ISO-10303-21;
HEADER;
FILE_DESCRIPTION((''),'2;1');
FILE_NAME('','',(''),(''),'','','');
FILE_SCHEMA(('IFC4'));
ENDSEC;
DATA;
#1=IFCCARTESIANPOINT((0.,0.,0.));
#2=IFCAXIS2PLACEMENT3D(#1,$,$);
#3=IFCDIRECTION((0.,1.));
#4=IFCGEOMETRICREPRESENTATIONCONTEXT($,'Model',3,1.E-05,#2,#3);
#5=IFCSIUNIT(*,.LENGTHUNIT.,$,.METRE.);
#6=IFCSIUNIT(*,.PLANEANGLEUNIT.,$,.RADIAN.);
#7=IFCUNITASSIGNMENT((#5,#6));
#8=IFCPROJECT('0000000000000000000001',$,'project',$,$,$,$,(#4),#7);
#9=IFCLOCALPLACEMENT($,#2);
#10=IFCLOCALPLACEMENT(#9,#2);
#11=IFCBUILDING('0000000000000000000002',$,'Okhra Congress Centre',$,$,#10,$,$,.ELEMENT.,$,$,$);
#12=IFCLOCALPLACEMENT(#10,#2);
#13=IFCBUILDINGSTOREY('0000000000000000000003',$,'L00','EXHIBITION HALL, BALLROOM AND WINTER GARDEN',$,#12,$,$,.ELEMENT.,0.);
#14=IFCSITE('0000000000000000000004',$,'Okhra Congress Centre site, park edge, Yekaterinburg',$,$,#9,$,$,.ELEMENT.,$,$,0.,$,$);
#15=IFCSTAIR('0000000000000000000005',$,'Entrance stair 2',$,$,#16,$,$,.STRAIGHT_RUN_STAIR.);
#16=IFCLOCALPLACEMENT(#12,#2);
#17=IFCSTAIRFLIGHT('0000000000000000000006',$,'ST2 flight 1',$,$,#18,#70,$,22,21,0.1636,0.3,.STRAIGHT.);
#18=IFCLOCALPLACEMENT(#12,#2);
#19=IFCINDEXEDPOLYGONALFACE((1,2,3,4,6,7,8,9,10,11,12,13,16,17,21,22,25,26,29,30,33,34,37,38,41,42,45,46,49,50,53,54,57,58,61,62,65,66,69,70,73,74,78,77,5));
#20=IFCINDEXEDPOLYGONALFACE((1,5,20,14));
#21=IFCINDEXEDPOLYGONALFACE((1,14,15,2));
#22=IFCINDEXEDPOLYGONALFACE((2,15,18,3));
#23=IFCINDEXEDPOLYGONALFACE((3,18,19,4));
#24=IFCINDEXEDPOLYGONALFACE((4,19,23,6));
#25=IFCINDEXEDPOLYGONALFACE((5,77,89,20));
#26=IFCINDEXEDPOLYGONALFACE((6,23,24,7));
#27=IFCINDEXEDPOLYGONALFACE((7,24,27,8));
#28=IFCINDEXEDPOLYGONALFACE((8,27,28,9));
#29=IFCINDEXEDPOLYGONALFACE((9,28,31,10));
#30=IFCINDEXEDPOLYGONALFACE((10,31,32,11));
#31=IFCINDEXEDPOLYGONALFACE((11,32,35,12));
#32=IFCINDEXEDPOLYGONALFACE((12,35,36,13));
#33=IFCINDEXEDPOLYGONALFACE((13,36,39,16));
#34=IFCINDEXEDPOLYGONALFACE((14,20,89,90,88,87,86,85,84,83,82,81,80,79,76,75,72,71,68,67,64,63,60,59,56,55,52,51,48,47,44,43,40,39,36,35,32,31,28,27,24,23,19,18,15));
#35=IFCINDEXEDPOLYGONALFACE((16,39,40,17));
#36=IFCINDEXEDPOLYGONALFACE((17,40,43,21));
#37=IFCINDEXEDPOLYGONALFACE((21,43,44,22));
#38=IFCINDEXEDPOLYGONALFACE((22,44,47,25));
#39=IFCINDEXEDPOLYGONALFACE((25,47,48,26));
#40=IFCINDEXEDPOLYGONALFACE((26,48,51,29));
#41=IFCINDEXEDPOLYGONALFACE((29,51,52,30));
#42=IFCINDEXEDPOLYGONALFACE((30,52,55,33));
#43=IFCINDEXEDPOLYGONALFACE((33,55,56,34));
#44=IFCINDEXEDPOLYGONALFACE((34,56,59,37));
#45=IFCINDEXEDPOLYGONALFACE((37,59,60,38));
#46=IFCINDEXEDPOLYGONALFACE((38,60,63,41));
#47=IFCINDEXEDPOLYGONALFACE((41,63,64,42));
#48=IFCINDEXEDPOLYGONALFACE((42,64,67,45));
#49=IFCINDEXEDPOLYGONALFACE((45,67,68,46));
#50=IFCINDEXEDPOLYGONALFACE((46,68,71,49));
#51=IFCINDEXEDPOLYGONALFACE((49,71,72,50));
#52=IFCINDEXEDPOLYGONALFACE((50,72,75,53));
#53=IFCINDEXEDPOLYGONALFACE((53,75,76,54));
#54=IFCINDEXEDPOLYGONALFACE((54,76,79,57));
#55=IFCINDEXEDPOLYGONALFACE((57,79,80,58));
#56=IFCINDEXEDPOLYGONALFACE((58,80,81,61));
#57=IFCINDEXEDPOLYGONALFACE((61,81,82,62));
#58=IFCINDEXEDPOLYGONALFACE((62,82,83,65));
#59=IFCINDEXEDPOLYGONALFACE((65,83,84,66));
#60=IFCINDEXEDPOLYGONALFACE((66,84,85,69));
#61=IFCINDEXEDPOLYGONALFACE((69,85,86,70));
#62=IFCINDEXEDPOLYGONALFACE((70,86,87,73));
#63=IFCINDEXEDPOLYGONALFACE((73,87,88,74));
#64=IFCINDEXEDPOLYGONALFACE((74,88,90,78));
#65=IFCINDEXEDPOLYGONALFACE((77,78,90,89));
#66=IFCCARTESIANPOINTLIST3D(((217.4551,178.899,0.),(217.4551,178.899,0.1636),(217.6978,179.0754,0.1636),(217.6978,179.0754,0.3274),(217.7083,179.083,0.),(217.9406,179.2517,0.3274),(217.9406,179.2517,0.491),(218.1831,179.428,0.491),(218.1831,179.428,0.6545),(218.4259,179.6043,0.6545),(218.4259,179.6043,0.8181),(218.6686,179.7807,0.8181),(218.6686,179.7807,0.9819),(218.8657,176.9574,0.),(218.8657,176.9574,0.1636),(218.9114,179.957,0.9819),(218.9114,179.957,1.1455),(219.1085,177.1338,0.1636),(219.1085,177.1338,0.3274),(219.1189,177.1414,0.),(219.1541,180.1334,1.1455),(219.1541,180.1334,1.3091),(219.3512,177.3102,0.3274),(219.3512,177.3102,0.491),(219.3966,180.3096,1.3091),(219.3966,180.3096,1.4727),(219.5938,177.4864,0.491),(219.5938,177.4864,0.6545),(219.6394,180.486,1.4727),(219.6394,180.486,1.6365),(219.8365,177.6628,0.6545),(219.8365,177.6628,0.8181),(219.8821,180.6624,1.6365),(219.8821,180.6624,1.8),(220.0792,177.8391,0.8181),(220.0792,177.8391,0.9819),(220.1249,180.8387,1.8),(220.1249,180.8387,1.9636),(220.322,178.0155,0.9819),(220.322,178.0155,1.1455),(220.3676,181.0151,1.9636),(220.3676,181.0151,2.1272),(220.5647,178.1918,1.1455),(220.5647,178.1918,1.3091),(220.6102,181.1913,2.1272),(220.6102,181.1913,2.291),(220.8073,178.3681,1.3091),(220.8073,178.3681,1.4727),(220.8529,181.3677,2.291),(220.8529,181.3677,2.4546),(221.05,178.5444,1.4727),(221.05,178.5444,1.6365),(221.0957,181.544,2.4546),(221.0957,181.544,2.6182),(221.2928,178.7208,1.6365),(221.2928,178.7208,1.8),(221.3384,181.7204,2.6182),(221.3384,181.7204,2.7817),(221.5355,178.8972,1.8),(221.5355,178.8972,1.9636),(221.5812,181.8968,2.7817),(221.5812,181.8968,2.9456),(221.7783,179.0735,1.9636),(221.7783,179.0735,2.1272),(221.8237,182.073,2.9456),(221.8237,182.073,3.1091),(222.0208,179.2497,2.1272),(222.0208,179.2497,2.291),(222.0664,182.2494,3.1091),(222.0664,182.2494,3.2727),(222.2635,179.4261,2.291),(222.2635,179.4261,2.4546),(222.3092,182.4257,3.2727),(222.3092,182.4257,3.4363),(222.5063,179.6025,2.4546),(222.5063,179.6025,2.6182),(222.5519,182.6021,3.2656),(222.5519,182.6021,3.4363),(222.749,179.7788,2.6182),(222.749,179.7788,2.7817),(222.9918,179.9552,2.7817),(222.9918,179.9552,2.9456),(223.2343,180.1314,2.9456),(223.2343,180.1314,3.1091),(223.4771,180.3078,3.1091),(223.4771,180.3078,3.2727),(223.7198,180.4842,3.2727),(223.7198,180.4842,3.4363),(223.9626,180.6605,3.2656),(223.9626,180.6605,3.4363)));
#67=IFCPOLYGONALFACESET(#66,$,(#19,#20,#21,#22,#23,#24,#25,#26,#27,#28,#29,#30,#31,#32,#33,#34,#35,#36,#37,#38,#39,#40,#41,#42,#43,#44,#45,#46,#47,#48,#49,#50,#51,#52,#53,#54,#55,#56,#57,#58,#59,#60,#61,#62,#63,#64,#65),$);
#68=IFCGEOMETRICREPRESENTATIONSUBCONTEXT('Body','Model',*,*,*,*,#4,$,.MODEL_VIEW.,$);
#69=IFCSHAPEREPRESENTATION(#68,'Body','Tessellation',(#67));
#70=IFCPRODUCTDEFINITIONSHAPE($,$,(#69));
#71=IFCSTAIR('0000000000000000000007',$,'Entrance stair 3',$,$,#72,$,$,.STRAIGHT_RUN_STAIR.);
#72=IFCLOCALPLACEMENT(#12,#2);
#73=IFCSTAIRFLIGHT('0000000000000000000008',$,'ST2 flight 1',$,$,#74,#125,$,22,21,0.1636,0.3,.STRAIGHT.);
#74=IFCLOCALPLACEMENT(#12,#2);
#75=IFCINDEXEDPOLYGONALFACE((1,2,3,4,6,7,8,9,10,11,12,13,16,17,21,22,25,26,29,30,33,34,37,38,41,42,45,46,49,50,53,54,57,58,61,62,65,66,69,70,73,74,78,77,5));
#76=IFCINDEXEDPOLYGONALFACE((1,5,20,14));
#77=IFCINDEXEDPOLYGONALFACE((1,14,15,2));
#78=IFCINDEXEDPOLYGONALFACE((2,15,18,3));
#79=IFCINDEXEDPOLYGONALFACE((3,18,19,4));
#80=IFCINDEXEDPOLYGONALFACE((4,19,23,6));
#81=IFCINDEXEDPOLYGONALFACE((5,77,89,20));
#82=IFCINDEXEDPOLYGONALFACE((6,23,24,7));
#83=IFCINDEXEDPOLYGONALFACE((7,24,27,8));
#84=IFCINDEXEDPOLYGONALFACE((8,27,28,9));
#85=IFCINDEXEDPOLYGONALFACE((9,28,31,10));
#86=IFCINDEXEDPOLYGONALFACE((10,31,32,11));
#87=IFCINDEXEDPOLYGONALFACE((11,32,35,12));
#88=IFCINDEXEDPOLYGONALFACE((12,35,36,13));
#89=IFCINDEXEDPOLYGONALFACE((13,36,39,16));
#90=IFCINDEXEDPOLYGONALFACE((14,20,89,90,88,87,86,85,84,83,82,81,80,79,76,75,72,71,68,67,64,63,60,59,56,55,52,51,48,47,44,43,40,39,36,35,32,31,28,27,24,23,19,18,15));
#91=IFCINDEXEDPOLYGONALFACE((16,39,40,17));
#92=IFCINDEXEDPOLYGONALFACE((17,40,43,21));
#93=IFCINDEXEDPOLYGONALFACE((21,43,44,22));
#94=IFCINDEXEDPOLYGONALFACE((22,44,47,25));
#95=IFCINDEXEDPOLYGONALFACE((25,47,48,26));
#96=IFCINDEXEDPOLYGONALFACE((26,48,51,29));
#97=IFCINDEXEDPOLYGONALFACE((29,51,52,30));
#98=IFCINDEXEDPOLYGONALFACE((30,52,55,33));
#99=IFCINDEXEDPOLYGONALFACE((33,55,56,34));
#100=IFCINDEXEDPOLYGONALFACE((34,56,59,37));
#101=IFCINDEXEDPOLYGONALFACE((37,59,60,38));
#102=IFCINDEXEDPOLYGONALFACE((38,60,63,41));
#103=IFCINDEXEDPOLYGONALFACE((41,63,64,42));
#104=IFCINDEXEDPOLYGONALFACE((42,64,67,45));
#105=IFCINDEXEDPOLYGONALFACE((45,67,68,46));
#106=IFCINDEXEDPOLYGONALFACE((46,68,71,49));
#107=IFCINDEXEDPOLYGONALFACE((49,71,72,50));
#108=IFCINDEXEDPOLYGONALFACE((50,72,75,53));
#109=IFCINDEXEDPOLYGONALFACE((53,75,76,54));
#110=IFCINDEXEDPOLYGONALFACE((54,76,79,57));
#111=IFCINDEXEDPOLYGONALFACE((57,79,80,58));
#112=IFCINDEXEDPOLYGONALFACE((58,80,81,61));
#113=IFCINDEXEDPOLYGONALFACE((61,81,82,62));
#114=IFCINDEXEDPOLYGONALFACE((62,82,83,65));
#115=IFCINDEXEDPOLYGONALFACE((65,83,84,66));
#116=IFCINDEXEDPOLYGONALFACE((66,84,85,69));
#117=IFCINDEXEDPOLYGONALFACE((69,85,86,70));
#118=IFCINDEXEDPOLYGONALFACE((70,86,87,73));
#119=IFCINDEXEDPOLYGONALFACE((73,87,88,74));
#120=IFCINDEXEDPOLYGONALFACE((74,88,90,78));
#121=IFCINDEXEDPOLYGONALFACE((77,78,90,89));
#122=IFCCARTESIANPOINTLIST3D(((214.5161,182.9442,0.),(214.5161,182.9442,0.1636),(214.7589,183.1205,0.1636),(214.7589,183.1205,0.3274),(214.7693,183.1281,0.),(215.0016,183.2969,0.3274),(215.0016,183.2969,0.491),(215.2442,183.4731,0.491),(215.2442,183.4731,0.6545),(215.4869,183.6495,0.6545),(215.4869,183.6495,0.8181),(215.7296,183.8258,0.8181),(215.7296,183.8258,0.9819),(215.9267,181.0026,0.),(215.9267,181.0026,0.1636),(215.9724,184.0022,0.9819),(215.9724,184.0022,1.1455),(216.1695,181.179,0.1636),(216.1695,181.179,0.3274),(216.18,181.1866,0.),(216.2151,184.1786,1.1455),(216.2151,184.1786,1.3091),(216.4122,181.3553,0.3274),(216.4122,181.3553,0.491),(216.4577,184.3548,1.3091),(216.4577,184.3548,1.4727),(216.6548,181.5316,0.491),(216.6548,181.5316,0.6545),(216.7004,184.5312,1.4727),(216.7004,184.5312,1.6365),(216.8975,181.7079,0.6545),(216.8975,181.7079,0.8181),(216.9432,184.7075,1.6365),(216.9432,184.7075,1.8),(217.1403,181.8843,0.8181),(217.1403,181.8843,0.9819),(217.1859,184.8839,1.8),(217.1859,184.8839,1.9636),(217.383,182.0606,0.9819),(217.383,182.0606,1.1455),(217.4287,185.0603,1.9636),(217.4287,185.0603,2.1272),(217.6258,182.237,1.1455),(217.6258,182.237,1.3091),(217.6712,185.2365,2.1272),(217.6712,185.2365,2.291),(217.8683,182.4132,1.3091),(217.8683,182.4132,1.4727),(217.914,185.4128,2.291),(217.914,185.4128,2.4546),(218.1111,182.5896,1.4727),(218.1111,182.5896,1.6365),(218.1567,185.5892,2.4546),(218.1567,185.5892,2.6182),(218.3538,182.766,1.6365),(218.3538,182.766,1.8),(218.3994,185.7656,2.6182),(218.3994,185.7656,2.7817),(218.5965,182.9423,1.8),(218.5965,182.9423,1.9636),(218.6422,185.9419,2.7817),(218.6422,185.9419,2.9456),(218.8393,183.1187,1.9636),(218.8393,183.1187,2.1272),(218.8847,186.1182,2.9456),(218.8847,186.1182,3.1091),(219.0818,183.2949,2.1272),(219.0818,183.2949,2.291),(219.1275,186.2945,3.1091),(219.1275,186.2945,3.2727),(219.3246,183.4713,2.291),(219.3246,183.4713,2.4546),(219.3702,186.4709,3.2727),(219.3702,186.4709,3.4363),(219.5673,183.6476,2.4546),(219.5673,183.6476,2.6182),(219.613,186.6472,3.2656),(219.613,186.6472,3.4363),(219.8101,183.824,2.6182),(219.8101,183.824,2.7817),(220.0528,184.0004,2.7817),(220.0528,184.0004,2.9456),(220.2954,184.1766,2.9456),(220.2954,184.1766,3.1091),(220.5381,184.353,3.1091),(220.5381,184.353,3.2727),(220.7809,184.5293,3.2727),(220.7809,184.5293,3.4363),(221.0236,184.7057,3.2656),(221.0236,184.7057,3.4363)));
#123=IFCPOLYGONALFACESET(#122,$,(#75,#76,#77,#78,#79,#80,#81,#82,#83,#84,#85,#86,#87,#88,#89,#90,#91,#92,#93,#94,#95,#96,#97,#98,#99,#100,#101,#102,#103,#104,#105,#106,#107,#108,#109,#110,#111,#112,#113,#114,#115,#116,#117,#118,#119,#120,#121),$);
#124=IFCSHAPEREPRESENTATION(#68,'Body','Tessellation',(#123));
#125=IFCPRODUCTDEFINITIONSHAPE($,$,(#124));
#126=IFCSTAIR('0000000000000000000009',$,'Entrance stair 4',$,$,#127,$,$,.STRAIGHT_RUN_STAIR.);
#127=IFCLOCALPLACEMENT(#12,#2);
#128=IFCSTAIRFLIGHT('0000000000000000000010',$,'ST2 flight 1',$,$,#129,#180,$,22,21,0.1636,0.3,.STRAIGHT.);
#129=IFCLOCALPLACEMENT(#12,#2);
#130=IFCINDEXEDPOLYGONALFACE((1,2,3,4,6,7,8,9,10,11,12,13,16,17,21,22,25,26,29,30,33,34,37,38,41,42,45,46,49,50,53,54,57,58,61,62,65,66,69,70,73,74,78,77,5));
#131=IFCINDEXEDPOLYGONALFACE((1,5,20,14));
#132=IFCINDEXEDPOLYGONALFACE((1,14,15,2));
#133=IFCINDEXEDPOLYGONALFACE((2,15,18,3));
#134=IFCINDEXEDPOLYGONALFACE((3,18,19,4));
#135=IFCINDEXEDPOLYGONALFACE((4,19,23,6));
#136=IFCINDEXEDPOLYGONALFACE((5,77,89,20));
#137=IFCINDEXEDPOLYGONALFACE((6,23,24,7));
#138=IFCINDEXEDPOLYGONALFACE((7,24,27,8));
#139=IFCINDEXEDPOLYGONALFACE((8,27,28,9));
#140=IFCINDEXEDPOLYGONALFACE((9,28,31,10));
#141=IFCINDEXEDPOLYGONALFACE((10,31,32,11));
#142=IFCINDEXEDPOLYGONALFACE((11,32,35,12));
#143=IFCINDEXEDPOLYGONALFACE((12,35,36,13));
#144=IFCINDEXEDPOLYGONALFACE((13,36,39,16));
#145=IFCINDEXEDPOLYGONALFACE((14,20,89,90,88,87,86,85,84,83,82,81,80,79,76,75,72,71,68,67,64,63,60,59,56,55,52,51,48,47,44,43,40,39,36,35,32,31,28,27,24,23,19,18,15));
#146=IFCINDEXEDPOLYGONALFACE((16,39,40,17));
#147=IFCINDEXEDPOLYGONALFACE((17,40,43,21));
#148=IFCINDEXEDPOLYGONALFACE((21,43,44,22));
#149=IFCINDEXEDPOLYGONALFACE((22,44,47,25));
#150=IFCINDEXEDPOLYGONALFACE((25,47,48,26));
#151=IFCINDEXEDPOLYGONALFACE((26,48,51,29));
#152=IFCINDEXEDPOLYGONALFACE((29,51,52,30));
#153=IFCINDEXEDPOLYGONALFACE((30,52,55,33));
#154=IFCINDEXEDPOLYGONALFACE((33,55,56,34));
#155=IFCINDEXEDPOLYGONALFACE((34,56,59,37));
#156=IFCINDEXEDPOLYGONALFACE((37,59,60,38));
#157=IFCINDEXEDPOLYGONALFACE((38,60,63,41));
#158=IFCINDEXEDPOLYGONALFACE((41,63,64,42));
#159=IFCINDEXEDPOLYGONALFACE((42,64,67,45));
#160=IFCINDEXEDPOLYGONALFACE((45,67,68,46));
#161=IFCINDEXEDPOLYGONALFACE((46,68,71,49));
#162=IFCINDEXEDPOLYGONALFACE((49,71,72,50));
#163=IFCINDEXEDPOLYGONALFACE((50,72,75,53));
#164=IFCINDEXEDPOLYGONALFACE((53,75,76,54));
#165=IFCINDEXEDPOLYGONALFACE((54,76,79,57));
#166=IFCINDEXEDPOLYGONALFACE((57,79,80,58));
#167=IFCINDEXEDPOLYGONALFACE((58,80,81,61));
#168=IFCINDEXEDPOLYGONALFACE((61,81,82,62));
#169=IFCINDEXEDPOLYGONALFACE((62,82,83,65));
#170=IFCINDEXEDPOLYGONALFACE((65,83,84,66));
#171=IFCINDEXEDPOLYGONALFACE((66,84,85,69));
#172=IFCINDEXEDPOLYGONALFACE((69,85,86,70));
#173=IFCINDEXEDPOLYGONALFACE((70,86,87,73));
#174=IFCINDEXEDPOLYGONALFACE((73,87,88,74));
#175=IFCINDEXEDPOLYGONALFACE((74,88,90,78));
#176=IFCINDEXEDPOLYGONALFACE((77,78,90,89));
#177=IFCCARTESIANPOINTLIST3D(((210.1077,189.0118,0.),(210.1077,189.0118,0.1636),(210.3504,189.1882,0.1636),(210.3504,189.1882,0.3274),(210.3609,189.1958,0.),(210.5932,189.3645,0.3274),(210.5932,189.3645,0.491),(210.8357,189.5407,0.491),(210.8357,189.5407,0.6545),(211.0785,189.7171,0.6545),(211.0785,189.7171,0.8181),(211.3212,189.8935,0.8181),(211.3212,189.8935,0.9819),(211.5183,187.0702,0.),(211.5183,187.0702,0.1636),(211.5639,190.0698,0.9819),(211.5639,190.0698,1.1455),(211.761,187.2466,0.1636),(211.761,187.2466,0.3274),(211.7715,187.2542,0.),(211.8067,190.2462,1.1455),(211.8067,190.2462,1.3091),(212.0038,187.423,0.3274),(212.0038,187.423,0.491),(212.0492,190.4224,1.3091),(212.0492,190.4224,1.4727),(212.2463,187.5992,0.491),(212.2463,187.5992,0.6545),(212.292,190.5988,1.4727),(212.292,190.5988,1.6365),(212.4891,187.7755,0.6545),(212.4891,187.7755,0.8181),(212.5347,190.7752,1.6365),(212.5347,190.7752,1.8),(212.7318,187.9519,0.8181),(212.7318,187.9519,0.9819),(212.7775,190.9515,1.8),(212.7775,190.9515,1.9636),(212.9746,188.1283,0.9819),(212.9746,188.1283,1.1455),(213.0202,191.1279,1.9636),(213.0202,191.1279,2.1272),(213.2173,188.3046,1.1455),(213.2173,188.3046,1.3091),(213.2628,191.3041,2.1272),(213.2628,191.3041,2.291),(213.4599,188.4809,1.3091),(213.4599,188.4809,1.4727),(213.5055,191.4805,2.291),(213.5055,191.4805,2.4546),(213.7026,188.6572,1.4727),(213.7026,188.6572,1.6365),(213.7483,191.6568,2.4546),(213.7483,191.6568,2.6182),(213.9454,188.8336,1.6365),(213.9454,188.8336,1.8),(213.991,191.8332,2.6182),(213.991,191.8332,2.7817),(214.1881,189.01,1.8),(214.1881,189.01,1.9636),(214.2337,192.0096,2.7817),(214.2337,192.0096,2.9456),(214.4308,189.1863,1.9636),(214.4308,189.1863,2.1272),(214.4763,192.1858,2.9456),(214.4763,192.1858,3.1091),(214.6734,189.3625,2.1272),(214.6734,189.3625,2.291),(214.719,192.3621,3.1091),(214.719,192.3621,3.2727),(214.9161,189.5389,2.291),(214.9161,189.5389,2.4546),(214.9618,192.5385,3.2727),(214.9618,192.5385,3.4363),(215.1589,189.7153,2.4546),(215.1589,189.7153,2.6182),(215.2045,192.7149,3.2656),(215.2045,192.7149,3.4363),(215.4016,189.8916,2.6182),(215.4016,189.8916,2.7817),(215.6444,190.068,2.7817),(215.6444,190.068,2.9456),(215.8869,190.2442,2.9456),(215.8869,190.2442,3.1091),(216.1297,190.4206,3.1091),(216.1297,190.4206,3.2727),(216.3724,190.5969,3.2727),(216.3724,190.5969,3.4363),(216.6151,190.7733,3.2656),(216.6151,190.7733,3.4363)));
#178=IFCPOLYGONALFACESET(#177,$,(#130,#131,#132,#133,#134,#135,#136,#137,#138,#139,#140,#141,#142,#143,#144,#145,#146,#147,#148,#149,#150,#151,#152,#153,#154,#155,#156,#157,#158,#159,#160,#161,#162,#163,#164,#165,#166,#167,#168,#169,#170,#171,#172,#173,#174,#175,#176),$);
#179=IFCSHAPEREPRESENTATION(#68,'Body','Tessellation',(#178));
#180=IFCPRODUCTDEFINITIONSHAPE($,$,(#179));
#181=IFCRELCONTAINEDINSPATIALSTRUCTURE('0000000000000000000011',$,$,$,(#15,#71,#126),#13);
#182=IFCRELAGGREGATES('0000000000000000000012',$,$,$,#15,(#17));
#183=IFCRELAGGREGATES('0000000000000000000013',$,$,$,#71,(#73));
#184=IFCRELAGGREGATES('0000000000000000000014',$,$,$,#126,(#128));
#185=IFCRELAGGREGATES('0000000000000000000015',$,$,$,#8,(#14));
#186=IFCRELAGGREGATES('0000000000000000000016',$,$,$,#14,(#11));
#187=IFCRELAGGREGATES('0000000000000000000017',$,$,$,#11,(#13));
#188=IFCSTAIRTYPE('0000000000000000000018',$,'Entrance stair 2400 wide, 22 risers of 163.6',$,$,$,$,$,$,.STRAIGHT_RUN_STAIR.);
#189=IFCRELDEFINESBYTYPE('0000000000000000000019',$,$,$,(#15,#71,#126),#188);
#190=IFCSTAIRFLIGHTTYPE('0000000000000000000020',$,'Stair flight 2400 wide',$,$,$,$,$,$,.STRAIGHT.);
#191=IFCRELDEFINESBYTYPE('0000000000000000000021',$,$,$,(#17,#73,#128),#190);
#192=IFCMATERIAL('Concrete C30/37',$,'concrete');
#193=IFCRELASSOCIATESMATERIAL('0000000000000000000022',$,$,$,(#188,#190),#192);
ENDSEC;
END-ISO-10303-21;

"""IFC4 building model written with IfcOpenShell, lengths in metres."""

from ifc_helpers import new_model, si_unit, direction, frame, origin, place, context, subcontext, project, spatial, polyline, outline, extrude, material, type_object, element, aggregate, save


model = new_model("IFC4")

# Units and contexts
model_context = context("Model", 3, precision=1e-05, world=origin(), true_north=direction((0.0, 1.0)))
body_context = subcontext(model_context, "Body", "Model", "MODEL_VIEW")
ifc_project = project(units=[si_unit("LENGTHUNIT", "METRE"), si_unit("PLANEANGLEUNIT", "RADIAN")], contexts=[model_context])

# Site, building, storey
site_placement = place(None, origin())
site = spatial("IfcSite", under=ifc_project, at=site_placement, Name="Okhra Congress Centre site, park edge, Yekaterinburg", CompositionType="ELEMENT", RefElevation=0.0)
building_placement = place(site_placement, origin())
building = spatial("IfcBuilding", under=site, at=building_placement, Name="Okhra Congress Centre", CompositionType="ELEMENT")
storey_placement = place(building_placement, origin())
storey = spatial("IfcBuildingStorey", under=building, at=storey_placement, Name="L00", Description="EXHIBITION HALL, BALLROOM AND WINTER GARDEN", CompositionType="ELEMENT", Elevation=0.0)

# Shared definitions
ifc_material_1 = material(Name="Concrete C30/37", Category="concrete")

# Stairs, stair flights
stair_type = type_object("IfcStairType", Name="Entrance stair 2400 wide, 22 risers of 163.6", PredefinedType="STRAIGHT_RUN_STAIR", material=ifc_material_1)
stair_1_placement = place(storey_placement, origin())
stair_1 = element("IfcStair", 1, at=stair_1_placement, inside=storey, type_object=stair_type, Name="Entrance stair 2", PredefinedType="STRAIGHT_RUN_STAIR")
stair_flight_type = type_object("IfcStairFlightType", Name="Stair flight 2400 wide", PredefinedType="STRAIGHT", material=ifc_material_1)
stair_flight_1_placement = place(storey_placement, frame((218.1604, 177.9282, 0.0), z_axis=(0.0, 0.0, 1.0), x_axis=(0.809017, 0.587785, 0.0)))
stair_flight_1 = element("IfcStairFlight", 2, at=stair_flight_1_placement, type_object=stair_flight_type, Name="ST2 flight 1", NumberOfRisers=22, NumberOfTreads=21, PredefinedType="STRAIGHT", RiserHeight=0.1636, TreadLength=0.3, context=body_context, shape_type="SweptSolid", body=[
    extrude(outline(polyline([(0.0, 0.0), (0.0, 0.1636), (0.3, 0.1636), (0.3, 0.3274), (0.6001, 0.3274), (0.6001, 0.491), (0.8999, 0.491), (0.8999, 0.6545), (1.2, 0.6545), (1.2, 0.8181), (1.5, 0.8181), (1.5, 0.9819), (1.8, 0.9819), (1.8, 1.1455), (2.1001, 1.1455), (2.1001, 1.3091), (2.3999, 1.3091), (2.3999, 1.4727), (2.7, 1.4727), (2.7, 1.6365), (3.0, 1.6365), (3.0, 1.8), (3.3, 1.8), (3.3, 1.9636), (3.6001, 1.9636), (3.6001, 2.1272), (3.8999, 2.1272), (3.8999, 2.291), (4.2, 2.291), (4.2, 2.4546), (4.5, 2.4546), (4.5, 2.6182), (4.8, 2.6182), (4.8, 2.7817), (5.1001, 2.7817), (5.1001, 2.9456), (5.3999, 2.9456), (5.3999, 3.1091), (5.7, 3.1091), (5.7, 3.2727), (6.0, 3.2727), (6.0, 3.4363), (6.3, 3.4363), (6.3, 3.6001), (6.3, 3.2656), (0.313, 0.0), (0.0, 0.0)])), frame((0.0, 1.2, 0.0), z_axis=(0.0, -1.0, 0.0), x_axis=(1.0, 0.0, 0.0)), (0.0, 0.0, 1.0), 2.3999),
])
aggregate(stair_1, [stair_flight_1])
stair_2_placement = place(storey_placement, origin())
stair_2 = element("IfcStair", 3, at=stair_2_placement, inside=storey, type_object=stair_type, Name="Entrance stair 3", PredefinedType="STRAIGHT_RUN_STAIR")
stair_flight_2_placement = place(storey_placement, frame((215.2214, 181.9734, 0.0), z_axis=(0.0, 0.0, 1.0), x_axis=(0.809017, 0.587785, 0.0)))
stair_flight_2 = element("IfcStairFlight", 4, at=stair_flight_2_placement, type_object=stair_flight_type, Name="ST2 flight 1", NumberOfRisers=22, NumberOfTreads=21, PredefinedType="STRAIGHT", RiserHeight=0.1636, TreadLength=0.3, context=body_context, shape_type="SweptSolid", body=[
    extrude(outline(polyline([(0.0, 0.0), (0.0, 0.1636), (0.3, 0.1636), (0.3, 0.3274), (0.6001, 0.3274), (0.6001, 0.491), (0.8999, 0.491), (0.8999, 0.6545), (1.2, 0.6545), (1.2, 0.8181), (1.5, 0.8181), (1.5, 0.9819), (1.8, 0.9819), (1.8, 1.1455), (2.1001, 1.1455), (2.1001, 1.3091), (2.3999, 1.3091), (2.3999, 1.4727), (2.7, 1.4727), (2.7, 1.6365), (3.0, 1.6365), (3.0, 1.8), (3.3, 1.8), (3.3, 1.9636), (3.6001, 1.9636), (3.6001, 2.1272), (3.8999, 2.1272), (3.8999, 2.291), (4.2, 2.291), (4.2, 2.4546), (4.5, 2.4546), (4.5, 2.6182), (4.8, 2.6182), (4.8, 2.7817), (5.1001, 2.7817), (5.1001, 2.9456), (5.3999, 2.9456), (5.3999, 3.1091), (5.7, 3.1091), (5.7, 3.2727), (6.0, 3.2727), (6.0, 3.4363), (6.3, 3.4363), (6.3, 3.6001), (6.3, 3.2656), (0.313, 0.0), (0.0, 0.0)])), frame((0.0, 1.2, 0.0), z_axis=(0.0, -1.0, 0.0), x_axis=(1.0, 0.0, 0.0)), (0.0, 0.0, 1.0), 2.3999),
])
aggregate(stair_2, [stair_flight_2])
stair_3_placement = place(storey_placement, origin())
stair_3 = element("IfcStair", 5, at=stair_3_placement, inside=storey, type_object=stair_type, Name="Entrance stair 4", PredefinedType="STRAIGHT_RUN_STAIR")
stair_flight_3_placement = place(storey_placement, frame((210.813, 188.041, 0.0), z_axis=(0.0, 0.0, 1.0), x_axis=(0.809017, 0.587785, 0.0)))
stair_flight_3 = element("IfcStairFlight", 6, at=stair_flight_3_placement, type_object=stair_flight_type, Name="ST2 flight 1", NumberOfRisers=22, NumberOfTreads=21, PredefinedType="STRAIGHT", RiserHeight=0.1636, TreadLength=0.3, context=body_context, shape_type="SweptSolid", body=[
    extrude(outline(polyline([(0.0, 0.0), (0.0, 0.1636), (0.3, 0.1636), (0.3, 0.3274), (0.6001, 0.3274), (0.6001, 0.491), (0.8999, 0.491), (0.8999, 0.6545), (1.2, 0.6545), (1.2, 0.8181), (1.5, 0.8181), (1.5, 0.9819), (1.8, 0.9819), (1.8, 1.1455), (2.1001, 1.1455), (2.1001, 1.3091), (2.3999, 1.3091), (2.3999, 1.4727), (2.7, 1.4727), (2.7, 1.6365), (3.0, 1.6365), (3.0, 1.8), (3.3, 1.8), (3.3, 1.9636), (3.6001, 1.9636), (3.6001, 2.1272), (3.8999, 2.1272), (3.8999, 2.291), (4.2, 2.291), (4.2, 2.4546), (4.5, 2.4546), (4.5, 2.6182), (4.8, 2.6182), (4.8, 2.7817), (5.1001, 2.7817), (5.1001, 2.9456), (5.3999, 2.9456), (5.3999, 3.1091), (5.7, 3.1091), (5.7, 3.2727), (6.0, 3.2727), (6.0, 3.4363), (6.3, 3.4363), (6.3, 3.6001), (6.3, 3.2656), (0.313, 0.0), (0.0, 0.0)])), frame((0.0, 1.2, 0.0), z_axis=(0.0, -1.0, 0.0), x_axis=(1.0, 0.0, 0.0)), (0.0, 0.0, 1.0), 2.3999),
])
aggregate(stair_3, [stair_flight_3])

save(model, "model.ifc")
